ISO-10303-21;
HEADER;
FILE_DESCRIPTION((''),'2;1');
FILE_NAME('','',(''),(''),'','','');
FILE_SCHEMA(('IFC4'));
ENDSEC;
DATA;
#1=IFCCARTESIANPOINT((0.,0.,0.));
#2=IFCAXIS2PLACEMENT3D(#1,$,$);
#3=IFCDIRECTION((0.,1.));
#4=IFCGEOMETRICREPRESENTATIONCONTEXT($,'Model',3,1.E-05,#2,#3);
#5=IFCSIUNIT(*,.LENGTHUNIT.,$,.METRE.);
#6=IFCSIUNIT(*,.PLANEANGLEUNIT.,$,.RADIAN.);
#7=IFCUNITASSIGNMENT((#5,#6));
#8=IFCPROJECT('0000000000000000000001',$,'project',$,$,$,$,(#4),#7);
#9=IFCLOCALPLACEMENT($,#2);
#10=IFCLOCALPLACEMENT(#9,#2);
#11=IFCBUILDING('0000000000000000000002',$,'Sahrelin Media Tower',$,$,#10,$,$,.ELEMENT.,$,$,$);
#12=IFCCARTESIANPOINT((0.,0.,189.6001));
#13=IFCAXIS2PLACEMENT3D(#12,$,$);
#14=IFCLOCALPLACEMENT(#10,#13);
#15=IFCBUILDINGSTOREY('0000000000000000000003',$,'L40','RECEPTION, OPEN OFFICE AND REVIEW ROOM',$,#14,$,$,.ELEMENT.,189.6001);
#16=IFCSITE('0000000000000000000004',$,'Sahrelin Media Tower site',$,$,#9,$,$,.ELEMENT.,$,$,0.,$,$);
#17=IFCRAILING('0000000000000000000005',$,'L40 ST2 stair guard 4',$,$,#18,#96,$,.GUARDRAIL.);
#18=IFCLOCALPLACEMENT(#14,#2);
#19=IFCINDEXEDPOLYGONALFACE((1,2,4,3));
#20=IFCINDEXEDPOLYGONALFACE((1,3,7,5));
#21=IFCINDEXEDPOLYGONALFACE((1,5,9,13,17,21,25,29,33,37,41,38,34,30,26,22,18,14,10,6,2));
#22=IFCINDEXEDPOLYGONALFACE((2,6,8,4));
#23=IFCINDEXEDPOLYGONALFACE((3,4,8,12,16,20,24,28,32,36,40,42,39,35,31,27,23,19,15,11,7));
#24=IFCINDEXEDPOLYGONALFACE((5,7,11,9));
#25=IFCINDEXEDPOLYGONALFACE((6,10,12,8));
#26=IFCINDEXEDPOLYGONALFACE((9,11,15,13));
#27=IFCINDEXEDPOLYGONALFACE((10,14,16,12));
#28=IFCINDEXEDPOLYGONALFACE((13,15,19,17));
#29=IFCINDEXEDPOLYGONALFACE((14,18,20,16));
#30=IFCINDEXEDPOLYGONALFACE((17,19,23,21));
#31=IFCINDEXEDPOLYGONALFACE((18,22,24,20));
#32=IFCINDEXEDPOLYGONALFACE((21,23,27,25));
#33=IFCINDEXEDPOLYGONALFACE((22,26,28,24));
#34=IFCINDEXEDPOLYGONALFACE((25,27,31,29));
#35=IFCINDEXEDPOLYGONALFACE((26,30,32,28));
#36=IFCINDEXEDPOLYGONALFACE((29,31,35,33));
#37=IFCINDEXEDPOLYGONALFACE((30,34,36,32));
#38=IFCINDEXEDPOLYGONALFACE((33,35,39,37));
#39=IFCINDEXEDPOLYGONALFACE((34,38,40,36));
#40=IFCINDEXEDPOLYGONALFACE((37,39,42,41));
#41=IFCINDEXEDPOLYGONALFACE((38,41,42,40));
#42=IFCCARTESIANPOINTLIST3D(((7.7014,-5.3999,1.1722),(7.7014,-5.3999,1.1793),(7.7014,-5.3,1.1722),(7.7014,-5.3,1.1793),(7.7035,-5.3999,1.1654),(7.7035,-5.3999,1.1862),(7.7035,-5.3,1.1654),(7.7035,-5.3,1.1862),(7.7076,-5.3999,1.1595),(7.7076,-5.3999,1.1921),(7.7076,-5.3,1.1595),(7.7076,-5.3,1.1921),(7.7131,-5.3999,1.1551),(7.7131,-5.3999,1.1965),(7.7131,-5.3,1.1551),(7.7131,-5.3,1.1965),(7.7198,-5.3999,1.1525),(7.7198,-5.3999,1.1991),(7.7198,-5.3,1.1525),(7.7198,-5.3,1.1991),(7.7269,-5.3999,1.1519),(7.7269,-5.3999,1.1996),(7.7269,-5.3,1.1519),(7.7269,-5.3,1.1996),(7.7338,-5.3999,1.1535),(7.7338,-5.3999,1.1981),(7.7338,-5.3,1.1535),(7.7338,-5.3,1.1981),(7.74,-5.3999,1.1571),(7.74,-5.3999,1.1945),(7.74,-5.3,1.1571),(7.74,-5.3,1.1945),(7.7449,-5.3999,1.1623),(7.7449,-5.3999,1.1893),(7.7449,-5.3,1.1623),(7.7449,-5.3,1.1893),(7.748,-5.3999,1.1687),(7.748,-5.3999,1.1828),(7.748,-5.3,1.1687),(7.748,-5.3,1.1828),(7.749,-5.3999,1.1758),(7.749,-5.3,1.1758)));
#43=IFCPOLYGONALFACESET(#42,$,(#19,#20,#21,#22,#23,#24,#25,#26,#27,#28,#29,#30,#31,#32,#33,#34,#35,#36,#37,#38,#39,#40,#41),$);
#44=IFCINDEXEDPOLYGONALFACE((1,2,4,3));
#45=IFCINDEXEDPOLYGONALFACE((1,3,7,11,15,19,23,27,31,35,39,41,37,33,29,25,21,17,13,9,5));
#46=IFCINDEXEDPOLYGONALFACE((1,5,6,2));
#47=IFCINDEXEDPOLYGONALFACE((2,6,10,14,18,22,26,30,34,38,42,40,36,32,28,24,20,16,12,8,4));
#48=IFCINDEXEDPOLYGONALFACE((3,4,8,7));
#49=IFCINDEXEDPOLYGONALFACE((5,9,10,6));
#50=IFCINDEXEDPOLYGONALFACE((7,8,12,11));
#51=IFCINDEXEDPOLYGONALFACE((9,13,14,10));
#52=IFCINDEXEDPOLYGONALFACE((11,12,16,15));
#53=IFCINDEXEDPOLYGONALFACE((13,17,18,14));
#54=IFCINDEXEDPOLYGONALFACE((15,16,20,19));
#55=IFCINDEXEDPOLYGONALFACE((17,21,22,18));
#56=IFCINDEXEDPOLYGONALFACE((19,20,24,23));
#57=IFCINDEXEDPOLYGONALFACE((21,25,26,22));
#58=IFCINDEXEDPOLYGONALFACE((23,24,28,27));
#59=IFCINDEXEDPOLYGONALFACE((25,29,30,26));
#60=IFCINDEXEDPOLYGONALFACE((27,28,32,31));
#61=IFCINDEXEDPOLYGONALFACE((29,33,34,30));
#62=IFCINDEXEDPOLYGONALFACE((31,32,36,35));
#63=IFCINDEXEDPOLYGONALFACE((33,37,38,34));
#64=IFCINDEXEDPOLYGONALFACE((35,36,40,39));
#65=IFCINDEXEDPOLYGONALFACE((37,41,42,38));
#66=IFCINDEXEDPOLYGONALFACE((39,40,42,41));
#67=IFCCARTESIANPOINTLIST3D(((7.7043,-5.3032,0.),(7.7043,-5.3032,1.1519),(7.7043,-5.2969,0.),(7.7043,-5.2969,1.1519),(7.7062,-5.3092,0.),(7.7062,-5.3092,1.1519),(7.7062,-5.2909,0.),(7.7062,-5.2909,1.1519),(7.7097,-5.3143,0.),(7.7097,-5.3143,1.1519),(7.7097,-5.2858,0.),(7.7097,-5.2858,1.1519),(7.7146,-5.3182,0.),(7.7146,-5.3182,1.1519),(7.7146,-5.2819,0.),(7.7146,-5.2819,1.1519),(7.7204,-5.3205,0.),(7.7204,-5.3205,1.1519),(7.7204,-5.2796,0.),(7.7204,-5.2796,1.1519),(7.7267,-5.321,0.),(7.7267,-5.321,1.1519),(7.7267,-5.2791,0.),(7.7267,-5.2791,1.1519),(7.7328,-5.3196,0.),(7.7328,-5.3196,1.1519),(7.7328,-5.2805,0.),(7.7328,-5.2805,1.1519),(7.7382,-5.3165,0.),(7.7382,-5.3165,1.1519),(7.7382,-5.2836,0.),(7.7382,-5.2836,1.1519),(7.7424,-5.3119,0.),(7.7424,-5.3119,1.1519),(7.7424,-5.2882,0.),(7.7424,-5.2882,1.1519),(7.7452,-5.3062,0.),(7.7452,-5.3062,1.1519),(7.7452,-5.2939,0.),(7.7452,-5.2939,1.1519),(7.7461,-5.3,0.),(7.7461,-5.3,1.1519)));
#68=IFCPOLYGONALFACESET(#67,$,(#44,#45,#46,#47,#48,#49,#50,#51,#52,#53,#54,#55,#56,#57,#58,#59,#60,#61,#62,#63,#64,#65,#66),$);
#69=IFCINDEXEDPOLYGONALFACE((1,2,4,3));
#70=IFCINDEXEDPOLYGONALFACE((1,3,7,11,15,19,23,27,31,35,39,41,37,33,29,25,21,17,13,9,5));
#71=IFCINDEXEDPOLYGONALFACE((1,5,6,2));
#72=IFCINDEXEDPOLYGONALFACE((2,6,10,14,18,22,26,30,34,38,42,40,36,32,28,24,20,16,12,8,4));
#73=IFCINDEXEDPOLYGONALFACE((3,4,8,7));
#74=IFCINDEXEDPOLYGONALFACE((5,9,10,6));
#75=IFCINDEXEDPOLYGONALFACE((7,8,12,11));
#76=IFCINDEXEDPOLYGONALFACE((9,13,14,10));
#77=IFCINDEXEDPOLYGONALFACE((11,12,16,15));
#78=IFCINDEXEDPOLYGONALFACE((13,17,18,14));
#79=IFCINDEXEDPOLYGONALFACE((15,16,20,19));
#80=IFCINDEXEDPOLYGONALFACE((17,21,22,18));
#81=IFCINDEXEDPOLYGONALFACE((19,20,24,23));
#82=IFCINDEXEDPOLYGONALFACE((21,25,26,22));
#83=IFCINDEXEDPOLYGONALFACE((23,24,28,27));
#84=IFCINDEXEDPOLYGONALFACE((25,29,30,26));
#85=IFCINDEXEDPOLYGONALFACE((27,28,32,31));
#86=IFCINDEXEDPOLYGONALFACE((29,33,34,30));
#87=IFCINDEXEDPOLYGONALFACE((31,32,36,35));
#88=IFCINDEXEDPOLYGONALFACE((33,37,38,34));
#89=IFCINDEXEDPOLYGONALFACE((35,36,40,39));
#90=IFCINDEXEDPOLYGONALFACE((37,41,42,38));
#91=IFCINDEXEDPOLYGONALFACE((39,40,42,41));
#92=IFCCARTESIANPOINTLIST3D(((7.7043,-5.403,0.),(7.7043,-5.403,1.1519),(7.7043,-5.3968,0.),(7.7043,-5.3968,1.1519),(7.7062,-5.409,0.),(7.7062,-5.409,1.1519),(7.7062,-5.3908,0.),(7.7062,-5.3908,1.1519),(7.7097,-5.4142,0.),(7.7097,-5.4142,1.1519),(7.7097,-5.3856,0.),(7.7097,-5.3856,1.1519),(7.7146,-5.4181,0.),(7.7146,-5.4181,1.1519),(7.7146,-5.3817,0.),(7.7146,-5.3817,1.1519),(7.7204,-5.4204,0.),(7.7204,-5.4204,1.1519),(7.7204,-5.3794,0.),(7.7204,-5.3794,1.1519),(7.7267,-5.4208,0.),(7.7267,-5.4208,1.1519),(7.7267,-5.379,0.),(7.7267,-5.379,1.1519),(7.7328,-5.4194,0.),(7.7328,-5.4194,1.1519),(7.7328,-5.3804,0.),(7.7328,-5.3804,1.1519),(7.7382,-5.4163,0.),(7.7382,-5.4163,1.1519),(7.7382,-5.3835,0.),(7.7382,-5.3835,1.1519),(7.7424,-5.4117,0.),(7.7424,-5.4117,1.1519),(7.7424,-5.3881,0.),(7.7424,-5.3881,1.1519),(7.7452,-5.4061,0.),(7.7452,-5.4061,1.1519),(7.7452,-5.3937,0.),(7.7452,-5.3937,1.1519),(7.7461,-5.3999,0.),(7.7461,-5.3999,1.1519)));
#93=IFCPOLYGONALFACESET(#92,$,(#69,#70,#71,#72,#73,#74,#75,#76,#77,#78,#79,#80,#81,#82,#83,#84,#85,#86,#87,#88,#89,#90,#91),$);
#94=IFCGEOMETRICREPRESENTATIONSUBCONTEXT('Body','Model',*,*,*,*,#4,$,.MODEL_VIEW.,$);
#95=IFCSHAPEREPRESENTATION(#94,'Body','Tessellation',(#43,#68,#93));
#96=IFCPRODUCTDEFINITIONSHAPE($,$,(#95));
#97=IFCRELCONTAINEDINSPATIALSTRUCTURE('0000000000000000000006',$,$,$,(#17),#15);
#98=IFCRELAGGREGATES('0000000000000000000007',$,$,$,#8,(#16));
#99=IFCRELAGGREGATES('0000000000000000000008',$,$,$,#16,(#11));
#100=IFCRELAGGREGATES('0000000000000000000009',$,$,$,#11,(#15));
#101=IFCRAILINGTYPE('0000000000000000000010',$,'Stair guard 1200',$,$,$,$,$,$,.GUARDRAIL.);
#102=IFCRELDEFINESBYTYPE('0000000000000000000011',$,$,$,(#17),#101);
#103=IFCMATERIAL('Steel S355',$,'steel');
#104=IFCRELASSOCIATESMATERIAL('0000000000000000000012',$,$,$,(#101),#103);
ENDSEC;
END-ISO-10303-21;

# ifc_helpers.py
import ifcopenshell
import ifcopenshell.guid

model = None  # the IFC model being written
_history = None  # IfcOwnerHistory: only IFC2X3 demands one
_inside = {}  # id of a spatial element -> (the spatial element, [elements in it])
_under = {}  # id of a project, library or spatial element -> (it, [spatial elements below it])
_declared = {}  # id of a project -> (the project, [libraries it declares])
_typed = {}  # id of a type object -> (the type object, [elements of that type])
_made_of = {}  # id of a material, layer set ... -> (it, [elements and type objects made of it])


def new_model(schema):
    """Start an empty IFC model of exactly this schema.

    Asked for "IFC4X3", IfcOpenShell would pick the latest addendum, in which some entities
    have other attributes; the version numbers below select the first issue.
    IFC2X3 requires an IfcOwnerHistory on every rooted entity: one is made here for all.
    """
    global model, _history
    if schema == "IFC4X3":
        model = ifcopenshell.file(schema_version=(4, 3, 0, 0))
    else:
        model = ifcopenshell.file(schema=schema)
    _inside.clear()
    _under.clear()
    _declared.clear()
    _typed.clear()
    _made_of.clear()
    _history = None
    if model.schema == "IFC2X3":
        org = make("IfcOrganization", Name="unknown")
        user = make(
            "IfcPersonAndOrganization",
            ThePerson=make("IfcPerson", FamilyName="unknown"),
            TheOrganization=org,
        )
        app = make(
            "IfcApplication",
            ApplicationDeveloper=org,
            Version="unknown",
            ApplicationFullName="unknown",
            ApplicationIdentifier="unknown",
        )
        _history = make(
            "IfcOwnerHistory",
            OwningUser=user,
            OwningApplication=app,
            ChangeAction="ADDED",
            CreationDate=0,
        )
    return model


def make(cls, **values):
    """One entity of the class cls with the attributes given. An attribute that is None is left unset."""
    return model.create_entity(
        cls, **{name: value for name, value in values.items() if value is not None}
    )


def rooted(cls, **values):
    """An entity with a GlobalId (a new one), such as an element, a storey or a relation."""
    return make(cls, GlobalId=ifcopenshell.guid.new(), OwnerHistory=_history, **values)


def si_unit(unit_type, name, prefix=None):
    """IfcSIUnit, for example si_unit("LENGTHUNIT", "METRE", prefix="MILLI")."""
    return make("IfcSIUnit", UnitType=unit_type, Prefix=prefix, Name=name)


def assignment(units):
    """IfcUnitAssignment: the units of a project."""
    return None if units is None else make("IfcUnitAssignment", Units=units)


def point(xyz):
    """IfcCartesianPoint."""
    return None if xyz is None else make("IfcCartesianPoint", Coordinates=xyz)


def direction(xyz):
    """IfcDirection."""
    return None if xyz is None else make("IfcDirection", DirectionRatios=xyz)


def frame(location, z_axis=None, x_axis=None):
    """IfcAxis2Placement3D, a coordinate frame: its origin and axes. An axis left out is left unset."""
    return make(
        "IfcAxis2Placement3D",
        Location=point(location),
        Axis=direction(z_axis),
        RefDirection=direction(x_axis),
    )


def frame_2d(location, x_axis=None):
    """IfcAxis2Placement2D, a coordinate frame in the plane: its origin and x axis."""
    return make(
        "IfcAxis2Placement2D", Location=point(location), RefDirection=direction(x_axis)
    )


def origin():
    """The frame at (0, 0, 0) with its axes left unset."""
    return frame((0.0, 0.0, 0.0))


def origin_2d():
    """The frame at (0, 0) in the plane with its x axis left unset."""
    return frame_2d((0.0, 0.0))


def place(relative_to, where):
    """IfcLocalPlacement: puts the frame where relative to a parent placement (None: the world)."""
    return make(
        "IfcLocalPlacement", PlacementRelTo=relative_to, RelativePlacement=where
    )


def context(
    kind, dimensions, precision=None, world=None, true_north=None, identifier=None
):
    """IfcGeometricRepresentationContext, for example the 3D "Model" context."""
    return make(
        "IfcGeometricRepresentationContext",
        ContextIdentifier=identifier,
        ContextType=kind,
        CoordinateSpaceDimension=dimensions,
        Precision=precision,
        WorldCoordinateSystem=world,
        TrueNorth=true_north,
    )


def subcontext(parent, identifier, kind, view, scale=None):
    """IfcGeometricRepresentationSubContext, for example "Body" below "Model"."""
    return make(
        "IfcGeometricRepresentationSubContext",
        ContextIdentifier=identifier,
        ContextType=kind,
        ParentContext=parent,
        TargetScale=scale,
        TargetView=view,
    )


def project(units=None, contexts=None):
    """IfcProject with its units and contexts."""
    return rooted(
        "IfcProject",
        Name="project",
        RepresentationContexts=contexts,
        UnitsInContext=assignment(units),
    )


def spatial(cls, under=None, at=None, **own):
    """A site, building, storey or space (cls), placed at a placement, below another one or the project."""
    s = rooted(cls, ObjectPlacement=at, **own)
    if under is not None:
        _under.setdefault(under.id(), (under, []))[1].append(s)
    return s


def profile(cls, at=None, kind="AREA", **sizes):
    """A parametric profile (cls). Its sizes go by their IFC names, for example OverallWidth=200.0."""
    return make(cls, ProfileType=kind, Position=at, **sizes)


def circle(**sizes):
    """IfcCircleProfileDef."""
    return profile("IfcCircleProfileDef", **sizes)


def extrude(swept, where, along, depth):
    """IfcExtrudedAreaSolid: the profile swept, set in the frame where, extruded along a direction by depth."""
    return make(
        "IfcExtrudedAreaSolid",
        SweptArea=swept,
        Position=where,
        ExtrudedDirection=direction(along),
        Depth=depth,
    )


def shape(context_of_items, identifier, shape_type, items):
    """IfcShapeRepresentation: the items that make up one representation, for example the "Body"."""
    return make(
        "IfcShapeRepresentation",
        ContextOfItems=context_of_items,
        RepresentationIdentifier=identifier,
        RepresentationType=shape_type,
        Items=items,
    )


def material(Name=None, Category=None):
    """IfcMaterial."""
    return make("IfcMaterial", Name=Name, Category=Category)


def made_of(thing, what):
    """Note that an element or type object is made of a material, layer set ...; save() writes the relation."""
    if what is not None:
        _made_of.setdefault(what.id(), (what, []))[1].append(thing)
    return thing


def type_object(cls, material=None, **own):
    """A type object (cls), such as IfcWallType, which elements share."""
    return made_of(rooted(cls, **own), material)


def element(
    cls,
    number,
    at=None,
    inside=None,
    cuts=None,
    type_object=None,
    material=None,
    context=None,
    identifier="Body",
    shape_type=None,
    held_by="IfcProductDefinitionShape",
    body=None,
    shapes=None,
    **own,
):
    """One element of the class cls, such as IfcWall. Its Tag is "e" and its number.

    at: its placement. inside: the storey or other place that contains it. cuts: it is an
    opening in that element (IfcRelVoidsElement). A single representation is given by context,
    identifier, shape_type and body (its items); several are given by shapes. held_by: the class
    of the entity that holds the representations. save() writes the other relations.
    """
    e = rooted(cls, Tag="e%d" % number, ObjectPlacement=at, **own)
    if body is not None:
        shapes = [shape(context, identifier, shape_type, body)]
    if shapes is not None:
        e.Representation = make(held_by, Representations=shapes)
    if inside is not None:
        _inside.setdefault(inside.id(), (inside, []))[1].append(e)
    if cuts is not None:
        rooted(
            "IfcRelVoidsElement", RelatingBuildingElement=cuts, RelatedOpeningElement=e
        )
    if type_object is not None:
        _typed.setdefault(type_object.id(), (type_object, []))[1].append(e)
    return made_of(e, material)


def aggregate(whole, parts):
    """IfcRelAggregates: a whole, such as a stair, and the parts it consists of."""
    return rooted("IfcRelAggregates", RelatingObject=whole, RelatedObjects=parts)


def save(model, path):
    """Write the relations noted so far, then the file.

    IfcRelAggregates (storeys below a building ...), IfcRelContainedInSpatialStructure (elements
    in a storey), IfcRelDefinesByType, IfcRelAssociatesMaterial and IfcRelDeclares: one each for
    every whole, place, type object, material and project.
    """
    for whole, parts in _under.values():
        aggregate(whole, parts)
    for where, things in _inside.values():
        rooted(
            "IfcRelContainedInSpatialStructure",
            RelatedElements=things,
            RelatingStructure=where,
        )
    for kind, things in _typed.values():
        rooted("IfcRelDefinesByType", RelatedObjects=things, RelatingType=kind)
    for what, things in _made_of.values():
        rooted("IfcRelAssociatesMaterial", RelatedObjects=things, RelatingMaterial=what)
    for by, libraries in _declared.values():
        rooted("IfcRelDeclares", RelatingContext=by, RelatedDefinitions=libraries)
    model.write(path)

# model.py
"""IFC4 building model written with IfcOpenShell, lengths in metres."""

from ifc_helpers import new_model, si_unit, direction, frame, origin, origin_2d, place, context, subcontext, project, spatial, circle, extrude, material, type_object, element, save


model = new_model("IFC4")

# Units and contexts
model_context = context("Model", 3, precision=1e-05, world=origin(), true_north=direction((0.0, 1.0)))
body_context = subcontext(model_context, "Body", "Model", "MODEL_VIEW")
ifc_project = project(units=[si_unit("LENGTHUNIT", "METRE"), si_unit("PLANEANGLEUNIT", "RADIAN")], contexts=[model_context])

# Site, building, storey
site_placement = place(None, origin())
site = spatial("IfcSite", under=ifc_project, at=site_placement, Name="Sahrelin Media Tower site", CompositionType="ELEMENT", RefElevation=0.0)
building_placement = place(site_placement, origin())
building = spatial("IfcBuilding", under=site, at=building_placement, Name="Sahrelin Media Tower", CompositionType="ELEMENT")
storey_placement = place(building_placement, frame((0.0, 0.0, 189.6001)))
storey = spatial("IfcBuildingStorey", under=building, at=storey_placement, Name="L40", Description="RECEPTION, OPEN OFFICE AND REVIEW ROOM", CompositionType="ELEMENT", Elevation=189.6001)

# Shared definitions
ifc_material_1 = material(Name="Steel S355", Category="steel")

# Railing
railing_type_1 = type_object("IfcRailingType", Name="Stair guard 1200", PredefinedType="GUARDRAIL", material=ifc_material_1)
railing_1_placement = place(storey_placement, frame((7.7251, -5.3, 0.0)))
element("IfcRailing", 1, at=railing_1_placement, inside=storey, type_object=railing_type_1, Name="L40 ST2 stair guard 4", PredefinedType="GUARDRAIL", context=body_context, shape_type="SweptSolid", body=[
    extrude(circle(Radius=0.0239, at=origin_2d()), frame((0.0, 0.0, 1.1758), z_axis=(0.0, -1.0, 0.0), x_axis=(1.0, 0.0, 0.0)), (0.0, 0.0, 1.0), 0.0999),
    extrude(circle(Radius=0.021, at=origin_2d()), origin(), (0.0, 0.0, 1.0), 1.1519),
    extrude(circle(Radius=0.021, at=origin_2d()), frame((0.0, -0.0999, 0.0)), (0.0, 0.0, 1.0), 1.1519),
])

save(model, "model.ifc")
